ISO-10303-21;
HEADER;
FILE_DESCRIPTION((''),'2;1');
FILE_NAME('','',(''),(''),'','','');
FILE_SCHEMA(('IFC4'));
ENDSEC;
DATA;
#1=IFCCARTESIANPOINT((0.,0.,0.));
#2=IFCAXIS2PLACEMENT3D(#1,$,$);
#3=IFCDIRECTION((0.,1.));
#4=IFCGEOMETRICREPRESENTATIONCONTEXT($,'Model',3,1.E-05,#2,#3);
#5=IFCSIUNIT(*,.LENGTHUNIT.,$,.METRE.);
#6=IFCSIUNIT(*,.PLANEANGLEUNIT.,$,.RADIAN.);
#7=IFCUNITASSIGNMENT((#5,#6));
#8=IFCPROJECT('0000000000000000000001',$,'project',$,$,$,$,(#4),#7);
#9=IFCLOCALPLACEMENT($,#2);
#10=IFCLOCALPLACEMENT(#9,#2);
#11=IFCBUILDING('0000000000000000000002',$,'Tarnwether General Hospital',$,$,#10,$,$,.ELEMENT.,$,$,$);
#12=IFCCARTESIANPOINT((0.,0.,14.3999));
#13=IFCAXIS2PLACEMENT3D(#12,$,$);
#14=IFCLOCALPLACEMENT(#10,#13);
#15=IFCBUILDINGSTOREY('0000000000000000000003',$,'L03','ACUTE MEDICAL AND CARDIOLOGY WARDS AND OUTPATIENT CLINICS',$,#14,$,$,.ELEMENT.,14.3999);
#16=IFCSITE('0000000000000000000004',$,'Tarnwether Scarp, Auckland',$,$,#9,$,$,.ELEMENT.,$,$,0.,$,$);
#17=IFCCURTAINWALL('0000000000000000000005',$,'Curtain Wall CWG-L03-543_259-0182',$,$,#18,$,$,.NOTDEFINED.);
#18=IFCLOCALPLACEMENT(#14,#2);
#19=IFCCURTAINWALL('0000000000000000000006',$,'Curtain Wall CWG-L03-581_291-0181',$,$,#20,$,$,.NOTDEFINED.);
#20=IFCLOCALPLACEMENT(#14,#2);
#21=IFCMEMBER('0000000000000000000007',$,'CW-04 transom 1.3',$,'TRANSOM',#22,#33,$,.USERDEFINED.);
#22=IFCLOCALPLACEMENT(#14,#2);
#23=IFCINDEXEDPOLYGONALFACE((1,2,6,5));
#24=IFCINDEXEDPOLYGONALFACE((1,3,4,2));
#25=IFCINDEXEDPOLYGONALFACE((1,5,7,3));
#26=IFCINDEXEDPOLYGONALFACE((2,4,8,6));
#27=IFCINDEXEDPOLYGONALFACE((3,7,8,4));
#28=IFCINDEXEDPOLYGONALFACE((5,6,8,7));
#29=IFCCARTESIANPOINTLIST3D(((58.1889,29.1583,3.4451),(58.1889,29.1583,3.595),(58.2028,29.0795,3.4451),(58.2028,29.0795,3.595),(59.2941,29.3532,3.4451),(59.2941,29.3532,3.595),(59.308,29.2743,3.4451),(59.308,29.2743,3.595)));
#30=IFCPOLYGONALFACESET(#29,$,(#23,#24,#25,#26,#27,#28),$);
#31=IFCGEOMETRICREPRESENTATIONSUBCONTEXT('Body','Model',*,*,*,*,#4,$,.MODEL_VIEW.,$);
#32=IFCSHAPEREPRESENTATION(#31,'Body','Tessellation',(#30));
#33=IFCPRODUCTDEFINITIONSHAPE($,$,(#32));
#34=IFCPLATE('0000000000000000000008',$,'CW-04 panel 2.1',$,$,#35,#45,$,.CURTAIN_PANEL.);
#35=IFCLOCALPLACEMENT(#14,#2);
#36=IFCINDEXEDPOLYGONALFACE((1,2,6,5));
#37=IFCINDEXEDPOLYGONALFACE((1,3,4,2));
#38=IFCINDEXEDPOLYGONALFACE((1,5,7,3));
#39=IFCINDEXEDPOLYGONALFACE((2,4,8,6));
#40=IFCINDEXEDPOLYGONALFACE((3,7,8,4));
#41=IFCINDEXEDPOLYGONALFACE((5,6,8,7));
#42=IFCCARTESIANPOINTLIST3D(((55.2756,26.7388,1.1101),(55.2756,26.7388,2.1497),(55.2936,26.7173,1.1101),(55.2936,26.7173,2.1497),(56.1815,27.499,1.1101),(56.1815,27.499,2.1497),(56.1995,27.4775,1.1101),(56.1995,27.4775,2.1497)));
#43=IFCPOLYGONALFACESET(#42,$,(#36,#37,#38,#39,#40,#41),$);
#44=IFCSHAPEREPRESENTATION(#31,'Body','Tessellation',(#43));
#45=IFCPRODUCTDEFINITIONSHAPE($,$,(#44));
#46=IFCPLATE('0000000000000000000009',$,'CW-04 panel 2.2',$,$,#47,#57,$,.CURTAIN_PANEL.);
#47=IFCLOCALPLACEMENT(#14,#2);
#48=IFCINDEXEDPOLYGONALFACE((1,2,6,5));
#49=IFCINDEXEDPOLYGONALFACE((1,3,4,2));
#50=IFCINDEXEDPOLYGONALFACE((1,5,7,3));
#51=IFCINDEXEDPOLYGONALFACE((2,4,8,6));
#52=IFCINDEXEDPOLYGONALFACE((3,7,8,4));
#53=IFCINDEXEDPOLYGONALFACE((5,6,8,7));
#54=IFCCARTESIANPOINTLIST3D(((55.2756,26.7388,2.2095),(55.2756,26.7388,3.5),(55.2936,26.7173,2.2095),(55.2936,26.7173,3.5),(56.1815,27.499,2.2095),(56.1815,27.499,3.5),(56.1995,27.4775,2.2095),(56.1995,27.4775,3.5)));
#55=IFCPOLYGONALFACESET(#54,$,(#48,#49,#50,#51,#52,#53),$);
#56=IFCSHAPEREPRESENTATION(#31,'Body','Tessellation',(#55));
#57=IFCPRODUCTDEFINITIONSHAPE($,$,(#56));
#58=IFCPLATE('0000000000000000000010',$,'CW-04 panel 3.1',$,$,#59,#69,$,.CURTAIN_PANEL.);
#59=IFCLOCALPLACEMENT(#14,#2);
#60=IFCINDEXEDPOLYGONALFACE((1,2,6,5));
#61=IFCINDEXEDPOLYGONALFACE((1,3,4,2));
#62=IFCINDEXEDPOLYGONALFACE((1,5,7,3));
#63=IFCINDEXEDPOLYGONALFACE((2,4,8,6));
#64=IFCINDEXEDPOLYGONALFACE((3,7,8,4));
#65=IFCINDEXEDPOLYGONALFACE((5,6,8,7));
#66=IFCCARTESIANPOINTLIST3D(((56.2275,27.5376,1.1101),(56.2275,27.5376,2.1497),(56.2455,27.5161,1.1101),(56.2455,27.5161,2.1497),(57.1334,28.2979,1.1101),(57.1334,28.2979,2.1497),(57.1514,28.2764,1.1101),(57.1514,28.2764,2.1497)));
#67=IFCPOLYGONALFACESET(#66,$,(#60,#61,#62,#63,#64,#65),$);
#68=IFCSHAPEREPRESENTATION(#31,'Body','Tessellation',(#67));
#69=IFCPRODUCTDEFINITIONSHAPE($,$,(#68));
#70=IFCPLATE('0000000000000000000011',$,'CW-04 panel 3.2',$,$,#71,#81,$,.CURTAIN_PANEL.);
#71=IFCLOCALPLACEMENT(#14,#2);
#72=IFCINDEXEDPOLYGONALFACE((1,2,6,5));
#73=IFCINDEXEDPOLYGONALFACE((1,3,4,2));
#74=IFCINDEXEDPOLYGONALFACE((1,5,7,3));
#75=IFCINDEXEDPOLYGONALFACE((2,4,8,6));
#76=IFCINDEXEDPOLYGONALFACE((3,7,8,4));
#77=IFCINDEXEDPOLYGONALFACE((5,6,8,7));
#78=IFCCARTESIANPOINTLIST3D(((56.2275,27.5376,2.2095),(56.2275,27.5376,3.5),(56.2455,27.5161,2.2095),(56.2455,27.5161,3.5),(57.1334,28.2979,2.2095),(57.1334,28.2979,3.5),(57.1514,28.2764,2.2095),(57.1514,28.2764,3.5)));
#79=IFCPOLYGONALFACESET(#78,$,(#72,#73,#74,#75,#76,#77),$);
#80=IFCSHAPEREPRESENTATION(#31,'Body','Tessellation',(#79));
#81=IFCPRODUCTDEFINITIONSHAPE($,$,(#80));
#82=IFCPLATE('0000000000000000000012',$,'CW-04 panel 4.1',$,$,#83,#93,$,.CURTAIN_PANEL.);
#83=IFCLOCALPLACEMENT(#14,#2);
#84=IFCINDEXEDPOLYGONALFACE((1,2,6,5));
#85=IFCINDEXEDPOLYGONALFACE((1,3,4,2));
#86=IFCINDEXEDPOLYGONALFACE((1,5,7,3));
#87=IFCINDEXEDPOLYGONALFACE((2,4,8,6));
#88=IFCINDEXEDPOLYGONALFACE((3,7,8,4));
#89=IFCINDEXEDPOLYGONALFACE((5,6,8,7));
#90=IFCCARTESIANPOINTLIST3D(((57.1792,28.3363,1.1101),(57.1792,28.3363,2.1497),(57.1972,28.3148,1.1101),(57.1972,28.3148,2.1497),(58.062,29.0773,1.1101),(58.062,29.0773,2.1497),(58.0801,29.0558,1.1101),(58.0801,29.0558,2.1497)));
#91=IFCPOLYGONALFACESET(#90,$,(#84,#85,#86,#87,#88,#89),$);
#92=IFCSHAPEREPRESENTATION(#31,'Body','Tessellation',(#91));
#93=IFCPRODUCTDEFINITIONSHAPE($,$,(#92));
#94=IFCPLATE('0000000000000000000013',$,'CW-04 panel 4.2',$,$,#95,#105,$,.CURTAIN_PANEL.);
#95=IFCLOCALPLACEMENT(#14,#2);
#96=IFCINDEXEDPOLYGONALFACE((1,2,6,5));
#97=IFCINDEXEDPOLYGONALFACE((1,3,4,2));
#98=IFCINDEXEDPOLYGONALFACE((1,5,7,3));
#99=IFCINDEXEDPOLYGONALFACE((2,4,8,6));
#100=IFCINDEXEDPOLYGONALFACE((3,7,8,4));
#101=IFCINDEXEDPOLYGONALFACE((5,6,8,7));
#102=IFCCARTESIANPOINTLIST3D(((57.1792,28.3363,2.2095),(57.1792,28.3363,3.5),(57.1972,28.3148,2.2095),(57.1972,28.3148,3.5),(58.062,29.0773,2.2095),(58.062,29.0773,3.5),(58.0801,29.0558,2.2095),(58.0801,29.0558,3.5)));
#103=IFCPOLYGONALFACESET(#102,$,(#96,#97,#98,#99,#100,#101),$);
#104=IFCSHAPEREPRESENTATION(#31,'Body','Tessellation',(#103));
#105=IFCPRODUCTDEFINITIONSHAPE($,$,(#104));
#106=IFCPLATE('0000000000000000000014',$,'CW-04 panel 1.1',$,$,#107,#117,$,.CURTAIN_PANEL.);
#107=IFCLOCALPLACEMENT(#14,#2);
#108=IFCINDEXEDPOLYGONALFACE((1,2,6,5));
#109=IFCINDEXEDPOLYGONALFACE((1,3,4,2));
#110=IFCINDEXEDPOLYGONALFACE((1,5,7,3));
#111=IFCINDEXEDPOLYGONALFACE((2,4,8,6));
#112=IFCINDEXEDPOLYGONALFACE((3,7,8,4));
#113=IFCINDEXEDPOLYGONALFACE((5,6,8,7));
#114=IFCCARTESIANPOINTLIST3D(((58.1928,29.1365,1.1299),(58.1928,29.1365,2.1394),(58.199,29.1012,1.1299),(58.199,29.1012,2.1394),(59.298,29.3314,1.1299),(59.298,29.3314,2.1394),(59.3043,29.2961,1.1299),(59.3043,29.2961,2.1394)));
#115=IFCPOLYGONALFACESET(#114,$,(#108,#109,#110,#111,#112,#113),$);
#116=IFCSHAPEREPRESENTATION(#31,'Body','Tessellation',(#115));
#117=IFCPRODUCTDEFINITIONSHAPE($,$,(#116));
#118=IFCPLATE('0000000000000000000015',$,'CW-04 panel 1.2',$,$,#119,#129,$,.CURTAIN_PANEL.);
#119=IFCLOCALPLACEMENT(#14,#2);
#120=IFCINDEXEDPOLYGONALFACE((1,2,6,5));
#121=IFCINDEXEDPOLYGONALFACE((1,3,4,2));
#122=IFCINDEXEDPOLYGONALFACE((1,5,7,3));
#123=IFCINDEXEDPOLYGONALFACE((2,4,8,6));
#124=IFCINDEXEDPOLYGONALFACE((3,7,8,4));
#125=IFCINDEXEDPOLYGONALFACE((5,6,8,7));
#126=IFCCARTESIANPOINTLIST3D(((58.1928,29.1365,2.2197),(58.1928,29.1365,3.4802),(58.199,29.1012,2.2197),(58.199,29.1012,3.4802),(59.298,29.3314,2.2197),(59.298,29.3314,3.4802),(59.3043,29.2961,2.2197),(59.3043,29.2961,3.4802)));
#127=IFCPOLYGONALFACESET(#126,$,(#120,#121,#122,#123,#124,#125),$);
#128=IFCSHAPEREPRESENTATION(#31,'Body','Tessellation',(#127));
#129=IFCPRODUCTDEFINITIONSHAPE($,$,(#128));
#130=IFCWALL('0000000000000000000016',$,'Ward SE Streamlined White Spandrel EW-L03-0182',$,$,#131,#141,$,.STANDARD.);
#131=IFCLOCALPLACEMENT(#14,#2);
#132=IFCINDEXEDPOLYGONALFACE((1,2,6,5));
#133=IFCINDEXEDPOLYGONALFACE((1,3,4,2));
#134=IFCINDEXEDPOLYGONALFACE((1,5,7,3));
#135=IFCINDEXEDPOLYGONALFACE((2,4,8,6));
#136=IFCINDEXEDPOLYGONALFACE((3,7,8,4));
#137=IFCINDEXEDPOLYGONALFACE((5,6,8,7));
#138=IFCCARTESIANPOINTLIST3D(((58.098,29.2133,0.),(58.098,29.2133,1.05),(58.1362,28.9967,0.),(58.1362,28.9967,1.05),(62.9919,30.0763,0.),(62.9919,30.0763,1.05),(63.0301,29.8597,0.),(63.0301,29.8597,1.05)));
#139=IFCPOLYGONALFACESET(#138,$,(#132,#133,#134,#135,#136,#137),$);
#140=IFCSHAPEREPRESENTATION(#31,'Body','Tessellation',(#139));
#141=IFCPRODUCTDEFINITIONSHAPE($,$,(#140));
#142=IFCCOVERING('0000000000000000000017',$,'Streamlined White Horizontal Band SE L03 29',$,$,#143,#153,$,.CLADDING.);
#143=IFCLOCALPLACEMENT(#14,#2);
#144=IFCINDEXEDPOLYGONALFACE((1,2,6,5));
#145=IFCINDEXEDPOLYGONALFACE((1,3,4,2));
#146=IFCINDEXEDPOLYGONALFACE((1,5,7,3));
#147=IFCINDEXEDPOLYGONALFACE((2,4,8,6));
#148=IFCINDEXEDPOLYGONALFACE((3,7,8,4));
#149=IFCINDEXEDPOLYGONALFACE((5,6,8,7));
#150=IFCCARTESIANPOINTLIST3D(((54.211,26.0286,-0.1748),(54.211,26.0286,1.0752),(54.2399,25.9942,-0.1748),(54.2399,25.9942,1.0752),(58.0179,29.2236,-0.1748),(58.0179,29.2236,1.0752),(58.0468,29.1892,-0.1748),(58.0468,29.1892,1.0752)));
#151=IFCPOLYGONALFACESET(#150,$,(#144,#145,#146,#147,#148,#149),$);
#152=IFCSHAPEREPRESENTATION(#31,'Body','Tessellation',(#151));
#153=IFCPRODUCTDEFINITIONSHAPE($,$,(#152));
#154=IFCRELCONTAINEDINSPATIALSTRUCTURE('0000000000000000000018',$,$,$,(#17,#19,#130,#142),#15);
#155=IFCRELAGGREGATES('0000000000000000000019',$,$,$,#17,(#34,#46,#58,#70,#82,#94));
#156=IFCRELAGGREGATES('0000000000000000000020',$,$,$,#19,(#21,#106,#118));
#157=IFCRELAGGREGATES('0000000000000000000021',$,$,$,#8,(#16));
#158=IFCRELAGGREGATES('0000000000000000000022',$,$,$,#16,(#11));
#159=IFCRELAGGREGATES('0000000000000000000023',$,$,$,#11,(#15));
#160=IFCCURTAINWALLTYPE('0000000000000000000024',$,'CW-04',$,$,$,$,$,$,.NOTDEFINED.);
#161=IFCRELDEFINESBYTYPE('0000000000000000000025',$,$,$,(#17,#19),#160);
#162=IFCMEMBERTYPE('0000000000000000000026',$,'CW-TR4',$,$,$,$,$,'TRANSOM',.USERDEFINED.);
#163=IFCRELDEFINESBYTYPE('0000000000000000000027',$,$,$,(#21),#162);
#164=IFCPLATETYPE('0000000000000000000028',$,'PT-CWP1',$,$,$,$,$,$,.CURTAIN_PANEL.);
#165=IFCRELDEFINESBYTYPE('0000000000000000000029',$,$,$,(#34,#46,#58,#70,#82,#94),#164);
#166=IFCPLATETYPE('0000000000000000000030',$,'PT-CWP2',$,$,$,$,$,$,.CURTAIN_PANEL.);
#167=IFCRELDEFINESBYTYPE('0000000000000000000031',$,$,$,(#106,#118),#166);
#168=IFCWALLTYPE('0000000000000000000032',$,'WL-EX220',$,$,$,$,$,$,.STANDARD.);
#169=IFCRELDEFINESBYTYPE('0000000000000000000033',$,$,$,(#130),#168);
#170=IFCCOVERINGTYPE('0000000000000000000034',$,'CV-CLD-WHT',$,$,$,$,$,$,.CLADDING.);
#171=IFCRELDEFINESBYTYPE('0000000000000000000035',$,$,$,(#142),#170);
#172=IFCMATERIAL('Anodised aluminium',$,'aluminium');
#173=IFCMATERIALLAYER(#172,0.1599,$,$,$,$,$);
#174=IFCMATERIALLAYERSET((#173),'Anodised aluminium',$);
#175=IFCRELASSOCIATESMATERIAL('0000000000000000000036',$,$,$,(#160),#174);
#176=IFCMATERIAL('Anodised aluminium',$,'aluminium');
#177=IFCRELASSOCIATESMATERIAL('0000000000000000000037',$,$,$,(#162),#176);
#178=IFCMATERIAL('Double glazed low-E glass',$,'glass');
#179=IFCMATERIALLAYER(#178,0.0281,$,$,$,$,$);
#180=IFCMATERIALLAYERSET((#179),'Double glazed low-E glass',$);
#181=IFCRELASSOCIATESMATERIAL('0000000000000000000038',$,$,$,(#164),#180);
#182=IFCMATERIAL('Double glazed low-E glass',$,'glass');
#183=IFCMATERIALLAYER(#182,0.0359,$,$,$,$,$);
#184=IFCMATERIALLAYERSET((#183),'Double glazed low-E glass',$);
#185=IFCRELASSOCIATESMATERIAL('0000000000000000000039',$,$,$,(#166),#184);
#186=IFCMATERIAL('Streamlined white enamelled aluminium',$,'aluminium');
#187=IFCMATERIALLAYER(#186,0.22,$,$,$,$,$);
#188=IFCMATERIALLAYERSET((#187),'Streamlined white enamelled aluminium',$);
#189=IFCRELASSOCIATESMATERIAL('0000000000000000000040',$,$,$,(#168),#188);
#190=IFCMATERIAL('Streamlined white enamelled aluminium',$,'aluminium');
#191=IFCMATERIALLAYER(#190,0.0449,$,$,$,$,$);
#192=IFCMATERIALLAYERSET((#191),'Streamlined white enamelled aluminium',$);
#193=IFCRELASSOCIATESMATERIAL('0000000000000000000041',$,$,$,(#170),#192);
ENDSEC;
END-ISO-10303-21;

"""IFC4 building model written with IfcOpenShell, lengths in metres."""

from ifc_helpers import new_model, si_unit, direction, frame, frame_2d, origin, origin_2d, place, context, subcontext, project, spatial, rectangle, extrude, material, layer, layer_set, material_profile, profile_set, type_object, element, aggregate, save


model = new_model("IFC4")

# Units and contexts
model_context = context("Model", 3, precision=1e-05, world=origin(), true_north=direction((0.0, 1.0)))
body_context = subcontext(model_context, "Body", "Model", "MODEL_VIEW")
ifc_project = project(units=[si_unit("LENGTHUNIT", "METRE"), si_unit("PLANEANGLEUNIT", "RADIAN")], contexts=[model_context])

# Site, building, storey
site_placement = place(None, origin())
site = spatial("IfcSite", under=ifc_project, at=site_placement, Name="Tarnwether Scarp, Auckland", CompositionType="ELEMENT", RefElevation=0.0)
building_placement = place(site_placement, origin())
building = spatial("IfcBuilding", under=site, at=building_placement, Name="Tarnwether General Hospital", CompositionType="ELEMENT")
storey_placement = place(building_placement, frame((0.0, 0.0, 14.3999)))
storey = spatial("IfcBuildingStorey", under=building, at=storey_placement, Name="L03", Description="ACUTE MEDICAL AND CARDIOLOGY WARDS AND OUTPATIENT CLINICS", CompositionType="ELEMENT", Elevation=14.3999)

# Curtain walls
ifc_material_1 = material(Name="Anodised aluminium", Category="aluminium")
ifc_layer_1 = layer(ifc_material_1, 0.1599)
ifc_layer_set_1 = layer_set([ifc_layer_1], Name="Anodised aluminium")
curtain_wall_type = type_object("IfcCurtainWallType", Name="CW-04", PredefinedType="NOTDEFINED", material=ifc_layer_set_1)
curtain_wall_1_placement = place(storey_placement, origin())
curtain_wall_1 = element("IfcCurtainWall", 1, at=curtain_wall_1_placement, inside=storey, type_object=curtain_wall_type, Name="Curtain Wall CWG-L03-543_259-0182", PredefinedType="NOTDEFINED")
curtain_wall_2_placement = place(storey_placement, origin())
curtain_wall_2 = element("IfcCurtainWall", 2, at=curtain_wall_2_placement, inside=storey, type_object=curtain_wall_type, Name="Curtain Wall CWG-L03-581_291-0181", PredefinedType="NOTDEFINED")

# Member
ifc_material_2 = material(Name="Anodised aluminium", Category="aluminium")
ifc_material_profile_1 = material_profile(ifc_material_2, rectangle(XDim=0.0801, YDim=0.1499, at=origin_2d()), Name="ALU-TRN-80x150")
ifc_profile_set_1 = profile_set([ifc_material_profile_1], Name="Anodised aluminium")
member_type_1 = type_object("IfcMemberType", Name="CW-TR4", ElementType="TRANSOM", PredefinedType="USERDEFINED", material=ifc_profile_set_1)
member_1_placement = place(storey_placement, frame((58.1958, 29.1189, 3.52), z_axis=(0.984816, 0.173599, 0.0), x_axis=(-0.173599, 0.984816, 0.0)))
member_1 = element("IfcMember", 3, at=member_1_placement, type_object=member_type_1, Name="CW-04 transom 1.3", ObjectType="TRANSOM", PredefinedType="USERDEFINED", context=body_context, shape_type="SweptSolid", body=[
    extrude(rectangle(XDim=0.0801, YDim=0.1499, at=origin_2d()), origin(), (0.0, 0.0, 1.0), 1.1223),
])

# Plates
ifc_material_3 = material(Name="Double glazed low-E glass", Category="glass")
ifc_layer_2 = layer(ifc_material_3, 0.0281)
ifc_layer_set_2 = layer_set([ifc_layer_2], Name="Double glazed low-E glass")
plate_type_1 = type_object("IfcPlateType", Name="PT-CWP1", PredefinedType="CURTAIN_PANEL", material=ifc_layer_set_2)
plate_1_placement = place(storey_placement, frame((55.7375, 27.1082, 1.1101), z_axis=(0.0, 0.0, 1.0), x_axis=(0.76599, 0.642852, 0.0)))
plate_1 = element("IfcPlate", 4, at=plate_1_placement, type_object=plate_type_1, Name="CW-04 panel 2.1", PredefinedType="CURTAIN_PANEL", context=body_context, shape_type="SweptSolid", body=[
    extrude(rectangle(XDim=1.1826, YDim=0.0281, at=origin_2d()), origin(), (0.0, 0.0, 1.0), 1.0396),
])
plate_2_placement = place(storey_placement, frame((55.7375, 27.1082, 2.2095), z_axis=(0.0, 0.0, 1.0), x_axis=(0.76599, 0.642852, 0.0)))
plate_2 = element("IfcPlate", 5, at=plate_2_placement, type_object=plate_type_1, Name="CW-04 panel 2.2", PredefinedType="CURTAIN_PANEL", context=body_context, shape_type="SweptSolid", body=[
    extrude(rectangle(XDim=1.1826, YDim=0.0281, at=origin_2d()), origin(), (0.0, 0.0, 1.0), 1.2905),
])
plate_3_placement = place(storey_placement, frame((56.6895, 27.907, 1.1101), z_axis=(0.0, 0.0, 1.0), x_axis=(0.76599, 0.642852, 0.0)))
plate_3 = element("IfcPlate", 6, at=plate_3_placement, type_object=plate_type_1, Name="CW-04 panel 3.1", PredefinedType="CURTAIN_PANEL", context=body_context, shape_type="SweptSolid", body=[
    extrude(rectangle(XDim=1.1826, YDim=0.0281, at=origin_2d()), origin(), (0.0, 0.0, 1.0), 1.0396),
])
plate_4_placement = place(storey_placement, frame((56.6895, 27.907, 2.2095), z_axis=(0.0, 0.0, 1.0), x_axis=(0.76599, 0.642852, 0.0)))
plate_4 = element("IfcPlate", 7, at=plate_4_placement, type_object=plate_type_1, Name="CW-04 panel 3.2", PredefinedType="CURTAIN_PANEL", context=body_context, shape_type="SweptSolid", body=[
    extrude(rectangle(XDim=1.1826, YDim=0.0281, at=origin_2d()), origin(), (0.0, 0.0, 1.0), 1.2905),
])
plate_5_placement = place(storey_placement, frame((57.6296, 28.696, 1.1101), z_axis=(0.0, 0.0, 1.0), x_axis=(0.76599, 0.642852, 0.0)))
plate_5 = element("IfcPlate", 8, at=plate_5_placement, type_object=plate_type_1, Name="CW-04 panel 4.1", PredefinedType="CURTAIN_PANEL", context=body_context, shape_type="SweptSolid", body=[
    extrude(rectangle(XDim=1.1526, YDim=0.0281, at=origin_2d()), origin(), (0.0, 0.0, 1.0), 1.0396),
])
plate_6_placement = place(storey_placement, frame((57.6296, 28.696, 2.2095), z_axis=(0.0, 0.0, 1.0), x_axis=(0.76599, 0.642852, 0.0)))
plate_6 = element("IfcPlate", 9, at=plate_6_placement, type_object=plate_type_1, Name="CW-04 panel 4.2", PredefinedType="CURTAIN_PANEL", context=body_context, shape_type="SweptSolid", body=[
    extrude(rectangle(XDim=1.1526, YDim=0.0281, at=origin_2d()), origin(), (0.0, 0.0, 1.0), 1.2905),
])
aggregate(curtain_wall_1, [plate_1, plate_2, plate_3, plate_4, plate_5, plate_6])
ifc_material_4 = material(Name="Double glazed low-E glass", Category="glass")
ifc_layer_3 = layer(ifc_material_4, 0.0359)
ifc_layer_set_3 = layer_set([ifc_layer_3], Name="Double glazed low-E glass")
plate_type_2 = type_object("IfcPlateType", Name="PT-CWP2", PredefinedType="CURTAIN_PANEL", material=ifc_layer_set_3)
plate_7_placement = place(storey_placement, frame((58.7485, 29.2163, 1.1299), z_axis=(0.0, 0.0, 1.0), x_axis=(0.984806, 0.173659, 0.0)))
plate_7 = element("IfcPlate", 10, at=plate_7_placement, type_object=plate_type_2, Name="CW-04 panel 1.1", PredefinedType="CURTAIN_PANEL", context=body_context, shape_type="SweptSolid", body=[
    extrude(rectangle(XDim=1.1223, YDim=0.0359, at=origin_2d()), origin(), (0.0, 0.0, 1.0), 1.0095),
])
plate_8_placement = place(storey_placement, frame((58.7485, 29.2163, 2.2197), z_axis=(0.0, 0.0, 1.0), x_axis=(0.984806, 0.173659, 0.0)))
plate_8 = element("IfcPlate", 11, at=plate_8_placement, type_object=plate_type_2, Name="CW-04 panel 1.2", PredefinedType="CURTAIN_PANEL", context=body_context, shape_type="SweptSolid", body=[
    extrude(rectangle(XDim=1.1223, YDim=0.0359, at=origin_2d()), origin(), (0.0, 0.0, 1.0), 1.2605),
])
aggregate(curtain_wall_2, [member_1, plate_7, plate_8])

# Wall
ifc_material_5 = material(Name="Streamlined white enamelled aluminium", Category="aluminium")
ifc_layer_4 = layer(ifc_material_5, 0.22)
ifc_layer_set_4 = layer_set([ifc_layer_4], Name="Streamlined white enamelled aluminium")
wall_type = type_object("IfcWallType", Name="WL-EX220", PredefinedType="STANDARD", material=ifc_layer_set_4)
wall_placement = place(storey_placement, frame((58.1169, 29.105, 0.0), z_axis=(0.0, 0.0, 1.0), x_axis=(0.984805, 0.173665, 0.0)))
element("IfcWall", 12, at=wall_placement, inside=storey, type_object=wall_type, Name="Ward SE Streamlined White Spandrel EW-L03-0182", PredefinedType="STANDARD", context=body_context, shape_type="SweptSolid", body=[
    extrude(rectangle(XDim=4.9695, YDim=0.22, at=frame_2d((2.4849, 0.0))), origin(), (0.0, 0.0, 1.0), 1.05),
])

# Covering
ifc_material_6 = material(Name="Streamlined white enamelled aluminium", Category="aluminium")
ifc_layer_5 = layer(ifc_material_6, 0.0449)
ifc_layer_set_5 = layer_set([ifc_layer_5], Name="Streamlined white enamelled aluminium")
covering_type = type_object("IfcCoveringType", Name="CV-CLD-WHT", PredefinedType="CLADDING", material=ifc_layer_set_5)
covering_placement = place(storey_placement, frame((56.1289, 27.6089, -0.1748), z_axis=(0.0, 0.0, 1.0), x_axis=(0.765988, 0.642854, 0.0)))
element("IfcCovering", 13, at=covering_placement, inside=storey, type_object=covering_type, Name="Streamlined White Horizontal Band SE L03 29", PredefinedType="CLADDING", context=body_context, shape_type="SweptSolid", body=[
    extrude(rectangle(XDim=4.97, YDim=0.0449, at=origin_2d()), origin(), (0.0, 0.0, 1.0), 1.25),
])

save(model, "model.ifc")
